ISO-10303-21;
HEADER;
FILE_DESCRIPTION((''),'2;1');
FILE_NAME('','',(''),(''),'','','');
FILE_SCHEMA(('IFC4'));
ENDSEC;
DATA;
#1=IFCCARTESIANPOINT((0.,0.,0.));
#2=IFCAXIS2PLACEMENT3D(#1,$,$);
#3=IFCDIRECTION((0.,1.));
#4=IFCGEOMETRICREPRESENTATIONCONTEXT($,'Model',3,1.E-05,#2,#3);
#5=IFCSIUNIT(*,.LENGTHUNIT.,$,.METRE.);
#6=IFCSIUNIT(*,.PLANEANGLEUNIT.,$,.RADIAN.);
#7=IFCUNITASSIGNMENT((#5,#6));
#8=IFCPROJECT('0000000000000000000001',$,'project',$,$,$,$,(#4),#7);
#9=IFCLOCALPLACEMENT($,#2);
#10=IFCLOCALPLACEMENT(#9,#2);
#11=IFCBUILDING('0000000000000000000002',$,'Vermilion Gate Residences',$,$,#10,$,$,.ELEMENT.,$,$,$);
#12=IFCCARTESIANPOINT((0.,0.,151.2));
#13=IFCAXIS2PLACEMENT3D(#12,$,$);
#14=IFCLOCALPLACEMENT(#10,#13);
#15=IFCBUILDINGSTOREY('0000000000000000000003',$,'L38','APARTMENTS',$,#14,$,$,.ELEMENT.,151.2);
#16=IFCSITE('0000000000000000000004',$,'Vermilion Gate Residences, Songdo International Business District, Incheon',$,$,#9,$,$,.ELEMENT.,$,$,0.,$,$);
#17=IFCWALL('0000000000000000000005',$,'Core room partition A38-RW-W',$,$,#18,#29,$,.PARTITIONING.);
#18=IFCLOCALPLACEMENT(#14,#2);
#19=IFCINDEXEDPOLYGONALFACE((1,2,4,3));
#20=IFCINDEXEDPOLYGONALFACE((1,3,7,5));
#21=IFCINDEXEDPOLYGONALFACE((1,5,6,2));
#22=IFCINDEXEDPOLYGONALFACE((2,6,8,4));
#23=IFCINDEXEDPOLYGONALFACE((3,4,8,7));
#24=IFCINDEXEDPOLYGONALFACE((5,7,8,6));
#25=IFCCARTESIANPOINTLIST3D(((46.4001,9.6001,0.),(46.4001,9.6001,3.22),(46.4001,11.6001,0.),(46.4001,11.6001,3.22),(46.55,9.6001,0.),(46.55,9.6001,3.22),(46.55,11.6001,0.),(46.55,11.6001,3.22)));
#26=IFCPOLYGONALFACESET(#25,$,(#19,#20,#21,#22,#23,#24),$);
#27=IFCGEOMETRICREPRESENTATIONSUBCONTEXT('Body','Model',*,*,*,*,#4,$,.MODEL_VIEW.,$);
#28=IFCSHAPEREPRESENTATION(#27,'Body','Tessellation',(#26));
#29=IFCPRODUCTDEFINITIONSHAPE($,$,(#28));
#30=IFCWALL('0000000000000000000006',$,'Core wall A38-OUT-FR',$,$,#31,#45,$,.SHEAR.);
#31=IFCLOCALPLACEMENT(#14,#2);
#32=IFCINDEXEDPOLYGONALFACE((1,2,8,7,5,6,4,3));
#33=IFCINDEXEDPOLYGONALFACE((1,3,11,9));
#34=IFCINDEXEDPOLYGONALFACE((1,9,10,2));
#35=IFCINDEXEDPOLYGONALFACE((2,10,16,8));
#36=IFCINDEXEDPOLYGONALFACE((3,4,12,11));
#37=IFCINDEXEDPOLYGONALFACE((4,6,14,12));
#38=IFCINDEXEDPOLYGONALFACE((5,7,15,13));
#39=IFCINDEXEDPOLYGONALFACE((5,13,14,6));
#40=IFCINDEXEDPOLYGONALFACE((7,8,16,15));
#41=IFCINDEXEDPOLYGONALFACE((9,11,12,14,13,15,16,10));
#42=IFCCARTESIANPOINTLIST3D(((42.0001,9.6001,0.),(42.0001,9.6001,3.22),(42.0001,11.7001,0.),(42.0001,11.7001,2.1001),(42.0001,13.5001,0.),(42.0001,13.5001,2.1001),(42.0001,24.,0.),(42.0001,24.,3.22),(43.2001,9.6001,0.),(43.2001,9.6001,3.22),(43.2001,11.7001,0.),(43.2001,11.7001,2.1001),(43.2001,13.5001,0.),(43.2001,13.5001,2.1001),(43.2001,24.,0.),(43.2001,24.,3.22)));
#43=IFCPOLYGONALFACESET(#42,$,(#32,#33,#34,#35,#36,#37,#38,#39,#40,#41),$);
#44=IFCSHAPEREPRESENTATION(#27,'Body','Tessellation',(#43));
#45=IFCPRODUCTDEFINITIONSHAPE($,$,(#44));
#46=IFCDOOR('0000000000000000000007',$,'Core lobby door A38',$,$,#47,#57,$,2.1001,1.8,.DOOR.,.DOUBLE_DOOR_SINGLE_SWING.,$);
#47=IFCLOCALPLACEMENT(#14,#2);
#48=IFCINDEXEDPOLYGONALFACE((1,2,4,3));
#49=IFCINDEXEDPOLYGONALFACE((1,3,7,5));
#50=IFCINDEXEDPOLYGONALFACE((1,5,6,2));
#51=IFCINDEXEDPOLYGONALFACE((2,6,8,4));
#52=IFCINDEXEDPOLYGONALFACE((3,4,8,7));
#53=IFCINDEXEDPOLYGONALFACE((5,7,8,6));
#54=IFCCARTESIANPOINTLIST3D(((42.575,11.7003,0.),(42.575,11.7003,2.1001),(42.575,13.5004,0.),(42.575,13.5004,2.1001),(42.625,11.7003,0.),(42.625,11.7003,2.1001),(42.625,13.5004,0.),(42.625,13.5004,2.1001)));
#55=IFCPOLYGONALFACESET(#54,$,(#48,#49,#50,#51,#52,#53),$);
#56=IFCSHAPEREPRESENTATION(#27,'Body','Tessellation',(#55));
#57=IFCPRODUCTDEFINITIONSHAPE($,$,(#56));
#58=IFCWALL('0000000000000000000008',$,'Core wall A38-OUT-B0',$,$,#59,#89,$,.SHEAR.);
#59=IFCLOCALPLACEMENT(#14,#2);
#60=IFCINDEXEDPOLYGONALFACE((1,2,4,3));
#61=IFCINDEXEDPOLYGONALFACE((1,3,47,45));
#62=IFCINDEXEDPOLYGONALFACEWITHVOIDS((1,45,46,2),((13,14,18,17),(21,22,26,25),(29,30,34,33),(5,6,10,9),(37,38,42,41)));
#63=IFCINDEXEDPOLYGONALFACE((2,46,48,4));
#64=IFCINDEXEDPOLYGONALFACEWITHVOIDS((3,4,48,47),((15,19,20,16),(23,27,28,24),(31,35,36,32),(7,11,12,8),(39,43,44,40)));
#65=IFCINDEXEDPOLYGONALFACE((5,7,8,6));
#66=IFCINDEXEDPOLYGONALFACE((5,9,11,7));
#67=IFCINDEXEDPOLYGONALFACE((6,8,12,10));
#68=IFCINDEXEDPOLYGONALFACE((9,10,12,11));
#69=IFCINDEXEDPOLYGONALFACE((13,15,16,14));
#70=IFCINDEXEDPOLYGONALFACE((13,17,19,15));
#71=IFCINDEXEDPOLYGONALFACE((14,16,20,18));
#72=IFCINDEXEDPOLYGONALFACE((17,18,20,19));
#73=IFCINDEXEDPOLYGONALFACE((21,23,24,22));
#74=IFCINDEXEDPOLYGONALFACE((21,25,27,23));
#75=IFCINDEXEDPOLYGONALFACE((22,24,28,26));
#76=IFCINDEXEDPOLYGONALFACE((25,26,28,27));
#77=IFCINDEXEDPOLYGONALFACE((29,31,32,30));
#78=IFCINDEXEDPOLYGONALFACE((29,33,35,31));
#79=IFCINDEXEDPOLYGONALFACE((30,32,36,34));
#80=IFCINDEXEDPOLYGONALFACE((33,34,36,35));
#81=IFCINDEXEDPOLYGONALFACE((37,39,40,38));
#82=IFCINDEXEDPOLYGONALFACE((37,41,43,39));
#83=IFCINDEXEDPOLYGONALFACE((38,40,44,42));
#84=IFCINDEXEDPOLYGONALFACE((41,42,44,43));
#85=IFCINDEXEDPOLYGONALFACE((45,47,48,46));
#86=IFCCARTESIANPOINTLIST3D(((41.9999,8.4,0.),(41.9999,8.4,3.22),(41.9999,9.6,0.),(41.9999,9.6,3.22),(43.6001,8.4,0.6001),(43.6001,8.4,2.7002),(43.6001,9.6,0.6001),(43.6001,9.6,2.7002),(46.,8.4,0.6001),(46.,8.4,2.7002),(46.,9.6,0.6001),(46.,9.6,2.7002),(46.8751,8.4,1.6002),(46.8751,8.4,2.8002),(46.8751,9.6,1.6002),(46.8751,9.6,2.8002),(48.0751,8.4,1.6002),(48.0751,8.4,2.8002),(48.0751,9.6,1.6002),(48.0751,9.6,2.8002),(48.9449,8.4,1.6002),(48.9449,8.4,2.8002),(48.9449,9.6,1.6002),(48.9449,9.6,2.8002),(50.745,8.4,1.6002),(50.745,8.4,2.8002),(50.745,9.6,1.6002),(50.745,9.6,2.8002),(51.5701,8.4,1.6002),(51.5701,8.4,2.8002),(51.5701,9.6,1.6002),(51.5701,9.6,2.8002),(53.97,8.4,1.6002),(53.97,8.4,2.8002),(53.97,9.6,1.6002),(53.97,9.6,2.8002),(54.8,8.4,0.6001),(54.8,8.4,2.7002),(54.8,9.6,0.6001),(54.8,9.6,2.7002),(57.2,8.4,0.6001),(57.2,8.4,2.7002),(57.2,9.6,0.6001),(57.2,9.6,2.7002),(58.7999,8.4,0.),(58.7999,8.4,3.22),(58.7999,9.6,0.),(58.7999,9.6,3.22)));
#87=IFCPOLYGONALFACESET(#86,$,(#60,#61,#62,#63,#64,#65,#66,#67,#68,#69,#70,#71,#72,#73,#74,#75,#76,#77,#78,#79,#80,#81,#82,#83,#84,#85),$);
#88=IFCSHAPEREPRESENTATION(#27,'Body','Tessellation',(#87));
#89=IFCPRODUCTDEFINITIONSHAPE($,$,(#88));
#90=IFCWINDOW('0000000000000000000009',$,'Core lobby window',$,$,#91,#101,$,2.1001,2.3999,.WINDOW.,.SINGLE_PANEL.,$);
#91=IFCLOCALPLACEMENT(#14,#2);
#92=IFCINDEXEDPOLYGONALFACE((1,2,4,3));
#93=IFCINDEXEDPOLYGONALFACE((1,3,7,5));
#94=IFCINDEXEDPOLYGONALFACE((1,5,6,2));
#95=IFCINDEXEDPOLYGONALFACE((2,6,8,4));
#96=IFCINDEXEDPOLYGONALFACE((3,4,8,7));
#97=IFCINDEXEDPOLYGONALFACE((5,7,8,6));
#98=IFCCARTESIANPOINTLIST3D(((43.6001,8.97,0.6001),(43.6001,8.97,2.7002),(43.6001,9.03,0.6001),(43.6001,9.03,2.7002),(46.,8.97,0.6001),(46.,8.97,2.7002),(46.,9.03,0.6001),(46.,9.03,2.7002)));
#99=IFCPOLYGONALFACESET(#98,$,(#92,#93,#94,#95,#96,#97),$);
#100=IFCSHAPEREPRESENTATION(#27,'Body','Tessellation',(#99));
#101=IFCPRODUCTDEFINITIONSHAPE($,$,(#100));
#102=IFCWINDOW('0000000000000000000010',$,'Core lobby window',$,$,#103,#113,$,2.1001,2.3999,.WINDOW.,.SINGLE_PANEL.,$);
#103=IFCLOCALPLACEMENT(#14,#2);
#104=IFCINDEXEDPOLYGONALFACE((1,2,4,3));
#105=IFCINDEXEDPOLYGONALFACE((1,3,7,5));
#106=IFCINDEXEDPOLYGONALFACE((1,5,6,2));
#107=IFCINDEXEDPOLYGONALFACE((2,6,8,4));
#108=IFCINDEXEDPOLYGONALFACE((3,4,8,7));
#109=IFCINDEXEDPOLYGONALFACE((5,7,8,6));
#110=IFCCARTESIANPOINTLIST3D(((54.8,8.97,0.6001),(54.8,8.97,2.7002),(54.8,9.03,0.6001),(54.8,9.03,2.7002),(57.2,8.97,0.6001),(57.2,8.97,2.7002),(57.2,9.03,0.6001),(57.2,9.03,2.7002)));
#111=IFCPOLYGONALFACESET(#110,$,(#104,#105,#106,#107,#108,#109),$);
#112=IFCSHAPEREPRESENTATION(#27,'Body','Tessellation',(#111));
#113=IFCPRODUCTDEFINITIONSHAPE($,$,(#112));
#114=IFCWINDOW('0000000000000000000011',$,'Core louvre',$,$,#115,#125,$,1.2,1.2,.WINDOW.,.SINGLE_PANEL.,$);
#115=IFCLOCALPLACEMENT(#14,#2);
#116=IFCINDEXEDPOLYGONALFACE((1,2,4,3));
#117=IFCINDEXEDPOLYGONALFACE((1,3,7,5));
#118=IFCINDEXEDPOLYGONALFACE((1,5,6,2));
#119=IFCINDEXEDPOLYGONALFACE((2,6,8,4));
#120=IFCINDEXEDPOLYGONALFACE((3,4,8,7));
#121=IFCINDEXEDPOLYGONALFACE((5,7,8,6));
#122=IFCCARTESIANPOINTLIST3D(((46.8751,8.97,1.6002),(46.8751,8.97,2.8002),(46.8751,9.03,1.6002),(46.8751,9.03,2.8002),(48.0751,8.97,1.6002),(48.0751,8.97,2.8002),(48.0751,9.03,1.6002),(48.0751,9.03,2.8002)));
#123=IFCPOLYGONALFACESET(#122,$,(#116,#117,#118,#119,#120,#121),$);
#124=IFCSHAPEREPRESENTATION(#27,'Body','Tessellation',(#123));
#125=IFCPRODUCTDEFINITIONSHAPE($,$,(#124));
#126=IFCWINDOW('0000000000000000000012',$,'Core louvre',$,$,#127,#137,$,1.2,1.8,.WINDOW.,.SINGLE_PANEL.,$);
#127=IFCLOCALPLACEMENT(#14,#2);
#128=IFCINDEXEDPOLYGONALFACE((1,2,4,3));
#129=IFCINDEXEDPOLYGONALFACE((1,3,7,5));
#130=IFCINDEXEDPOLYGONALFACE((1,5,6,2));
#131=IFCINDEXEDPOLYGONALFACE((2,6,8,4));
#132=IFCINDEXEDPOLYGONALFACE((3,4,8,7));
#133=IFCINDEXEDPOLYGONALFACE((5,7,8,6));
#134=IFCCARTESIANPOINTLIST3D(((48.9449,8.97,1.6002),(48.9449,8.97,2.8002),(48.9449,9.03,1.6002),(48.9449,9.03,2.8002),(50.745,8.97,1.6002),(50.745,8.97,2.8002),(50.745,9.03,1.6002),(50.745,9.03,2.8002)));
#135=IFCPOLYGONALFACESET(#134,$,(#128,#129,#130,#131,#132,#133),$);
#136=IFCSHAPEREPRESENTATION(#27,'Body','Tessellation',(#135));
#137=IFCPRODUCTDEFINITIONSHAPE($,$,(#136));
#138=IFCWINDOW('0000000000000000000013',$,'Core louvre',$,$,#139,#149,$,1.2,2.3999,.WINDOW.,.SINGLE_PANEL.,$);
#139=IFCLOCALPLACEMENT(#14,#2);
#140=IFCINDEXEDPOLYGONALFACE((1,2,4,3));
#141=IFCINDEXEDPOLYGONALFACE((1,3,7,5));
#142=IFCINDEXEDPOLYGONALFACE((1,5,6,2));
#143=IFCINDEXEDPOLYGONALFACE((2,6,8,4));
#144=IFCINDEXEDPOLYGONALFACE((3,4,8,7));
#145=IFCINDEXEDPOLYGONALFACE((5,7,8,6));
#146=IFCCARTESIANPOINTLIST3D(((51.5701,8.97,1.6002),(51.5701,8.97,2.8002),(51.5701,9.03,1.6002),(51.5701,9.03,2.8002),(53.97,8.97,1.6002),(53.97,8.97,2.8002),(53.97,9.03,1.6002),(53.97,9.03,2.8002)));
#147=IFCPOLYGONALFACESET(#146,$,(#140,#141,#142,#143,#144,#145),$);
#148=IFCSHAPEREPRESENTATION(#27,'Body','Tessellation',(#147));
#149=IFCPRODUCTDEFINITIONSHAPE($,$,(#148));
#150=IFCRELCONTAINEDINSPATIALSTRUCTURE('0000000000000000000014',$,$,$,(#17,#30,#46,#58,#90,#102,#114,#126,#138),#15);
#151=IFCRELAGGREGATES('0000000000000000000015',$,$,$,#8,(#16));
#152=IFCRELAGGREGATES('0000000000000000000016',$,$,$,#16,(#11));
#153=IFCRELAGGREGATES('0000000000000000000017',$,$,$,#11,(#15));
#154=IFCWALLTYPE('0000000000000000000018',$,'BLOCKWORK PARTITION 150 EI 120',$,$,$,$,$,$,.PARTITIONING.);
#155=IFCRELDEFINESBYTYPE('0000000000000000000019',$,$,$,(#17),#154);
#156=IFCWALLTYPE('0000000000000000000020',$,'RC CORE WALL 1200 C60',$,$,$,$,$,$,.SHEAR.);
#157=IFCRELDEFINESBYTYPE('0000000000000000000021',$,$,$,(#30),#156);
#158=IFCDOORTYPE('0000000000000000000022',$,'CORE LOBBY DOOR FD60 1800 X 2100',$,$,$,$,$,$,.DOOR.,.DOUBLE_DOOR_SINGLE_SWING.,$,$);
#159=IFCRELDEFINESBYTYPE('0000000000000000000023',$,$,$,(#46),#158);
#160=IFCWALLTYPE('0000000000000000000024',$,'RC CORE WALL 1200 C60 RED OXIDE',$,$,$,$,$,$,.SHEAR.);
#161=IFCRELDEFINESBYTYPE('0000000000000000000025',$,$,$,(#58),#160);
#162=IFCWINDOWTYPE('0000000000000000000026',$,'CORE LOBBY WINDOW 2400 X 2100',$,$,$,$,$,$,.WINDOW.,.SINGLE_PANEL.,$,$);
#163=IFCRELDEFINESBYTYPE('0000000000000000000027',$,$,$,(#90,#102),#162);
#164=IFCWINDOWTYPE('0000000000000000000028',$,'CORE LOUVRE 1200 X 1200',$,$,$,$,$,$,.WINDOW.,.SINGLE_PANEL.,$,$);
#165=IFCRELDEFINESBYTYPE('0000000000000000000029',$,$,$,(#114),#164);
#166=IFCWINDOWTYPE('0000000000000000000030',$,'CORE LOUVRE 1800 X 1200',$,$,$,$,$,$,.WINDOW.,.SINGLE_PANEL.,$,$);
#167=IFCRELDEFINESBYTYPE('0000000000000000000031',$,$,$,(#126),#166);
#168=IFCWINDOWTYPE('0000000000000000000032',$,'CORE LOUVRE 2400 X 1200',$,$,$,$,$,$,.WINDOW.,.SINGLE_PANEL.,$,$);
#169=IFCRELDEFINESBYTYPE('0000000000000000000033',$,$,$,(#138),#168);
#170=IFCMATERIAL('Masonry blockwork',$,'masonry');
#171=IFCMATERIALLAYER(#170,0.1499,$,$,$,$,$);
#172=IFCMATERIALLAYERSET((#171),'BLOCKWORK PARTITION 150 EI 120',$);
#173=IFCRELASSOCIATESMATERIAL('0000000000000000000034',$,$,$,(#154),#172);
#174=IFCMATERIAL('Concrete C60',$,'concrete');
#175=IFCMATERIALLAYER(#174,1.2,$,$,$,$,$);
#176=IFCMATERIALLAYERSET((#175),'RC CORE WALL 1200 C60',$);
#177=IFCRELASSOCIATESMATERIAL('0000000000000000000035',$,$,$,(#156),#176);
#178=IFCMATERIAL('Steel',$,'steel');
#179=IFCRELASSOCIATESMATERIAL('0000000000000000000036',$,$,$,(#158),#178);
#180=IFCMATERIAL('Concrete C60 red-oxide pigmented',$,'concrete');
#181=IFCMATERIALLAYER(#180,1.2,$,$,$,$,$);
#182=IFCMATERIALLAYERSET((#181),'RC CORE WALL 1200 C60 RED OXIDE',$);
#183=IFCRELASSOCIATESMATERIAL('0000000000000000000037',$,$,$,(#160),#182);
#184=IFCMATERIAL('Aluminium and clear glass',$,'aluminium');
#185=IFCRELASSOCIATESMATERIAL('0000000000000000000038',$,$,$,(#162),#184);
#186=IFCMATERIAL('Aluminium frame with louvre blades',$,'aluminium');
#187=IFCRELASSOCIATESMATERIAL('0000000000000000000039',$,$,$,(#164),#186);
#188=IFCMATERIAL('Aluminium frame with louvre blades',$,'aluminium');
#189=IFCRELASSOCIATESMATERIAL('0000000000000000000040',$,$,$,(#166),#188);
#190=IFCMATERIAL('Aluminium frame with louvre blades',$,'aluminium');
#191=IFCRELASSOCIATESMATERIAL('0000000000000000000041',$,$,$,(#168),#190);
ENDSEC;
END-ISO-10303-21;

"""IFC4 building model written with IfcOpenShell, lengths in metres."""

from ifc_helpers import new_model, si_unit, direction, frame, frame_2d, origin, place, context, subcontext, project, spatial, rectangle, extrude, material, layer, layer_set, type_object, element, fill, save


model = new_model("IFC4")

# Units and contexts
model_context = context("Model", 3, precision=1e-05, world=origin(), true_north=direction((0.0, 1.0)))
body_context = subcontext(model_context, "Body", "Model", "MODEL_VIEW")
ifc_project = project(units=[si_unit("LENGTHUNIT", "METRE"), si_unit("PLANEANGLEUNIT", "RADIAN")], contexts=[model_context])

# Site, building, storey
site_placement = place(None, origin())
site = spatial("IfcSite", under=ifc_project, at=site_placement, Name="Vermilion Gate Residences, Songdo International Business District, Incheon", CompositionType="ELEMENT", RefElevation=0.0)
building_placement = place(site_placement, origin())
building = spatial("IfcBuilding", under=site, at=building_placement, Name="Vermilion Gate Residences", CompositionType="ELEMENT")
storey_placement = place(building_placement, frame((0.0, 0.0, 151.2)))
storey = spatial("IfcBuildingStorey", under=building, at=storey_placement, Name="L38", Description="APARTMENTS", CompositionType="ELEMENT", Elevation=151.2)

# Wall
ifc_material_1 = material(Name="Masonry blockwork", Category="masonry")
ifc_layer_1 = layer(ifc_material_1, 0.1499)
ifc_layer_set_1 = layer_set([ifc_layer_1], Name="BLOCKWORK PARTITION 150 EI 120")
wall_type_1 = type_object("IfcWallType", Name="BLOCKWORK PARTITION 150 EI 120", PredefinedType="PARTITIONING", material=ifc_layer_set_1)
wall_1_placement = place(storey_placement, frame((46.4751, 9.6001, 0.0), z_axis=(0.0, 0.0, 1.0), x_axis=(0.0, 1.0, 0.0)))
element("IfcWall", 1, at=wall_1_placement, inside=storey, type_object=wall_type_1, Name="Core room partition A38-RW-W", PredefinedType="PARTITIONING", context=body_context, shape_type="SweptSolid", body=[
    extrude(rectangle(XDim=2.0, YDim=0.1499, at=frame_2d((1.0, 0.0))), origin(), (0.0, 0.0, 1.0), 3.22),
])

# Wall, opening, door
ifc_material_2 = material(Name="Concrete C60", Category="concrete")
ifc_layer_2 = layer(ifc_material_2, 1.2)
ifc_layer_set_2 = layer_set([ifc_layer_2], Name="RC CORE WALL 1200 C60")
wall_type_2 = type_object("IfcWallType", Name="RC CORE WALL 1200 C60", PredefinedType="SHEAR", material=ifc_layer_set_2)
wall_2_placement = place(storey_placement, frame((42.6001, 9.6001, 0.0), z_axis=(0.0, 0.0, 1.0), x_axis=(0.0, 1.0, 0.0)))
wall_2 = element("IfcWall", 2, at=wall_2_placement, inside=storey, type_object=wall_type_2, Name="Core wall A38-OUT-FR", PredefinedType="SHEAR", context=body_context, shape_type="SweptSolid", body=[
    extrude(rectangle(XDim=14.3999, YDim=1.2, at=frame_2d((7.2, 0.0))), origin(), (0.0, 0.0, 1.0), 3.22),
])
opening_1_placement = place(wall_2_placement, frame((2.1001, 0.0, 0.0)))
opening_1 = element("IfcOpeningElement", 3, at=opening_1_placement, cuts=wall_2, PredefinedType="OPENING", context=body_context, shape_type="SweptSolid", body=[
    extrude(rectangle(XDim=1.8, YDim=2.1001, at=frame_2d((0.8999, 1.05))), frame((0.0, 0.6099, 0.0), z_axis=(0.0, -1.0, 0.0), x_axis=(1.0, 0.0, 0.0)), (0.0, 0.0, 1.0), 1.22),
])
ifc_material_3 = material(Name="Steel", Category="steel")
door_type = type_object("IfcDoorType", Name="CORE LOBBY DOOR FD60 1800 X 2100", OperationType="DOUBLE_DOOR_SINGLE_SWING", PredefinedType="DOOR", material=ifc_material_3)
door_placement = place(opening_1_placement, frame((1.8, 0.0, 0.0), z_axis=(0.0, 0.0, 1.0), x_axis=(-1.0, 0.0, 0.0)))
door = element("IfcDoor", 4, at=door_placement, inside=storey, type_object=door_type, Name="Core lobby door A38", OperationType="DOUBLE_DOOR_SINGLE_SWING", OverallHeight=2.1001, OverallWidth=1.8, PredefinedType="DOOR", context=body_context, shape_type="SweptSolid", body=[
    extrude(rectangle(XDim=1.8, YDim=2.1001, at=frame_2d((0.8999, 1.05))), frame((0.0, 0.0249, 0.0), z_axis=(0.0, -1.0, 0.0), x_axis=(1.0, 0.0, 0.0)), (0.0, 0.0, 1.0), 0.05),
])
fill(opening_1, door)

# Wall, openings, windows
ifc_material_4 = material(Name="Concrete C60 red-oxide pigmented", Category="concrete")
ifc_layer_3 = layer(ifc_material_4, 1.2)
ifc_layer_set_3 = layer_set([ifc_layer_3], Name="RC CORE WALL 1200 C60 RED OXIDE")
wall_type_3 = type_object("IfcWallType", Name="RC CORE WALL 1200 C60 RED OXIDE", PredefinedType="SHEAR", material=ifc_layer_set_3)
wall_3_placement = place(storey_placement, frame((42.0, 9.0, 0.0), z_axis=(0.0, 0.0, 1.0), x_axis=(1.0, 0.0, 0.0)))
wall_3 = element("IfcWall", 5, at=wall_3_placement, inside=storey, type_object=wall_type_3, Name="Core wall A38-OUT-B0", PredefinedType="SHEAR", context=body_context, shape_type="SweptSolid", body=[
    extrude(rectangle(XDim=16.8, YDim=1.2, at=frame_2d((8.3999, 0.0))), origin(), (0.0, 0.0, 1.0), 3.22),
])
opening_2_placement = place(wall_3_placement, frame((1.6001, 0.0, 0.6001)))
opening_2 = element("IfcOpeningElement", 6, at=opening_2_placement, cuts=wall_3, PredefinedType="OPENING", context=body_context, shape_type="SweptSolid", body=[
    extrude(rectangle(XDim=2.3999, YDim=2.1001, at=frame_2d((1.2, 1.05))), frame((0.0, 0.6099, 0.0), z_axis=(0.0, -1.0, 0.0), x_axis=(1.0, 0.0, 0.0)), (0.0, 0.0, 1.0), 1.22),
])
opening_3_placement = place(wall_3_placement, frame((4.875, 0.0, 1.6001)))
opening_3 = element("IfcOpeningElement", 7, at=opening_3_placement, cuts=wall_3, PredefinedType="OPENING", context=body_context, shape_type="SweptSolid", body=[
    extrude(rectangle(XDim=1.2, YDim=1.2, at=frame_2d((0.6001, 0.6001))), frame((0.0, 0.6099, 0.0), z_axis=(0.0, -1.0, 0.0), x_axis=(1.0, 0.0, 0.0)), (0.0, 0.0, 1.0), 1.22),
])
opening_4_placement = place(wall_3_placement, frame((6.9451, 0.0, 1.6001)))
opening_4 = element("IfcOpeningElement", 8, at=opening_4_placement, cuts=wall_3, PredefinedType="OPENING", context=body_context, shape_type="SweptSolid", body=[
    extrude(rectangle(XDim=1.8, YDim=1.2, at=frame_2d((0.8999, 0.6001))), frame((0.0, 0.6099, 0.0), z_axis=(0.0, -1.0, 0.0), x_axis=(1.0, 0.0, 0.0)), (0.0, 0.0, 1.0), 1.22),
])
opening_5_placement = place(wall_3_placement, frame((9.5701, 0.0, 1.6001)))
opening_5 = element("IfcOpeningElement", 9, at=opening_5_placement, cuts=wall_3, PredefinedType="OPENING", context=body_context, shape_type="SweptSolid", body=[
    extrude(rectangle(XDim=2.3999, YDim=1.2, at=frame_2d((1.2, 0.6001))), frame((0.0, 0.6099, 0.0), z_axis=(0.0, -1.0, 0.0), x_axis=(1.0, 0.0, 0.0)), (0.0, 0.0, 1.0), 1.22),
])
opening_6_placement = place(wall_3_placement, frame((12.8, 0.0, 0.6001)))
opening_6 = element("IfcOpeningElement", 10, at=opening_6_placement, cuts=wall_3, PredefinedType="OPENING", context=body_context, shape_type="SweptSolid", body=[
    extrude(rectangle(XDim=2.3999, YDim=2.1001, at=frame_2d((1.2, 1.05))), frame((0.0, 0.6099, 0.0), z_axis=(0.0, -1.0, 0.0), x_axis=(1.0, 0.0, 0.0)), (0.0, 0.0, 1.0), 1.22),
])
ifc_material_5 = material(Name="Aluminium and clear glass", Category="aluminium")
window_type_1 = type_object("IfcWindowType", Name="CORE LOBBY WINDOW 2400 X 2100", PartitioningType="SINGLE_PANEL", PredefinedType="WINDOW", material=ifc_material_5)
window_1_placement = place(opening_2_placement, origin())
window_1 = element("IfcWindow", 11, at=window_1_placement, inside=storey, type_object=window_type_1, Name="Core lobby window", OverallHeight=2.1001, OverallWidth=2.3999, PartitioningType="SINGLE_PANEL", PredefinedType="WINDOW", context=body_context, shape_type="SweptSolid", body=[
    extrude(rectangle(XDim=2.3999, YDim=2.1001, at=frame_2d((1.2, 1.05))), frame((0.0, 0.03, 0.0), z_axis=(0.0, -1.0, 0.0), x_axis=(1.0, 0.0, 0.0)), (0.0, 0.0, 1.0), 0.0601),
])
fill(opening_2, window_1)
window_2_placement = place(opening_6_placement, origin())
window_2 = element("IfcWindow", 12, at=window_2_placement, inside=storey, type_object=window_type_1, Name="Core lobby window", OverallHeight=2.1001, OverallWidth=2.3999, PartitioningType="SINGLE_PANEL", PredefinedType="WINDOW", context=body_context, shape_type="SweptSolid", body=[
    extrude(rectangle(XDim=2.3999, YDim=2.1001, at=frame_2d((1.2, 1.05))), frame((0.0, 0.03, 0.0), z_axis=(0.0, -1.0, 0.0), x_axis=(1.0, 0.0, 0.0)), (0.0, 0.0, 1.0), 0.0601),
])
fill(opening_6, window_2)
ifc_material_6 = material(Name="Aluminium frame with louvre blades", Category="aluminium")
window_type_2 = type_object("IfcWindowType", Name="CORE LOUVRE 1200 X 1200", PartitioningType="SINGLE_PANEL", PredefinedType="WINDOW", material=ifc_material_6)
window_3_placement = place(opening_3_placement, origin())
window_3 = element("IfcWindow", 13, at=window_3_placement, inside=storey, type_object=window_type_2, Name="Core louvre", OverallHeight=1.2, OverallWidth=1.2, PartitioningType="SINGLE_PANEL", PredefinedType="WINDOW", context=body_context, shape_type="SweptSolid", body=[
    extrude(rectangle(XDim=1.2, YDim=1.2, at=frame_2d((0.6001, 0.6001))), frame((0.0, 0.03, 0.0), z_axis=(0.0, -1.0, 0.0), x_axis=(1.0, 0.0, 0.0)), (0.0, 0.0, 1.0), 0.0601),
])
fill(opening_3, window_3)
ifc_material_7 = material(Name="Aluminium frame with louvre blades", Category="aluminium")
window_type_3 = type_object("IfcWindowType", Name="CORE LOUVRE 1800 X 1200", PartitioningType="SINGLE_PANEL", PredefinedType="WINDOW", material=ifc_material_7)
window_4_placement = place(opening_4_placement, origin())
window_4 = element("IfcWindow", 14, at=window_4_placement, inside=storey, type_object=window_type_3, Name="Core louvre", OverallHeight=1.2, OverallWidth=1.8, PartitioningType="SINGLE_PANEL", PredefinedType="WINDOW", context=body_context, shape_type="SweptSolid", body=[
    extrude(rectangle(XDim=1.8, YDim=1.2, at=frame_2d((0.8999, 0.6001))), frame((0.0, 0.03, 0.0), z_axis=(0.0, -1.0, 0.0), x_axis=(1.0, 0.0, 0.0)), (0.0, 0.0, 1.0), 0.0601),
])
fill(opening_4, window_4)
ifc_material_8 = material(Name="Aluminium frame with louvre blades", Category="aluminium")
window_type_4 = type_object("IfcWindowType", Name="CORE LOUVRE 2400 X 1200", PartitioningType="SINGLE_PANEL", PredefinedType="WINDOW", material=ifc_material_8)
window_5_placement = place(opening_5_placement, origin())
window_5 = element("IfcWindow", 15, at=window_5_placement, inside=storey, type_object=window_type_4, Name="Core louvre", OverallHeight=1.2, OverallWidth=2.3999, PartitioningType="SINGLE_PANEL", PredefinedType="WINDOW", context=body_context, shape_type="SweptSolid", body=[
    extrude(rectangle(XDim=2.3999, YDim=1.2, at=frame_2d((1.2, 0.6001))), frame((0.0, 0.03, 0.0), z_axis=(0.0, -1.0, 0.0), x_axis=(1.0, 0.0, 0.0)), (0.0, 0.0, 1.0), 0.0601),
])
fill(opening_5, window_5)

save(model, "model.ifc")
